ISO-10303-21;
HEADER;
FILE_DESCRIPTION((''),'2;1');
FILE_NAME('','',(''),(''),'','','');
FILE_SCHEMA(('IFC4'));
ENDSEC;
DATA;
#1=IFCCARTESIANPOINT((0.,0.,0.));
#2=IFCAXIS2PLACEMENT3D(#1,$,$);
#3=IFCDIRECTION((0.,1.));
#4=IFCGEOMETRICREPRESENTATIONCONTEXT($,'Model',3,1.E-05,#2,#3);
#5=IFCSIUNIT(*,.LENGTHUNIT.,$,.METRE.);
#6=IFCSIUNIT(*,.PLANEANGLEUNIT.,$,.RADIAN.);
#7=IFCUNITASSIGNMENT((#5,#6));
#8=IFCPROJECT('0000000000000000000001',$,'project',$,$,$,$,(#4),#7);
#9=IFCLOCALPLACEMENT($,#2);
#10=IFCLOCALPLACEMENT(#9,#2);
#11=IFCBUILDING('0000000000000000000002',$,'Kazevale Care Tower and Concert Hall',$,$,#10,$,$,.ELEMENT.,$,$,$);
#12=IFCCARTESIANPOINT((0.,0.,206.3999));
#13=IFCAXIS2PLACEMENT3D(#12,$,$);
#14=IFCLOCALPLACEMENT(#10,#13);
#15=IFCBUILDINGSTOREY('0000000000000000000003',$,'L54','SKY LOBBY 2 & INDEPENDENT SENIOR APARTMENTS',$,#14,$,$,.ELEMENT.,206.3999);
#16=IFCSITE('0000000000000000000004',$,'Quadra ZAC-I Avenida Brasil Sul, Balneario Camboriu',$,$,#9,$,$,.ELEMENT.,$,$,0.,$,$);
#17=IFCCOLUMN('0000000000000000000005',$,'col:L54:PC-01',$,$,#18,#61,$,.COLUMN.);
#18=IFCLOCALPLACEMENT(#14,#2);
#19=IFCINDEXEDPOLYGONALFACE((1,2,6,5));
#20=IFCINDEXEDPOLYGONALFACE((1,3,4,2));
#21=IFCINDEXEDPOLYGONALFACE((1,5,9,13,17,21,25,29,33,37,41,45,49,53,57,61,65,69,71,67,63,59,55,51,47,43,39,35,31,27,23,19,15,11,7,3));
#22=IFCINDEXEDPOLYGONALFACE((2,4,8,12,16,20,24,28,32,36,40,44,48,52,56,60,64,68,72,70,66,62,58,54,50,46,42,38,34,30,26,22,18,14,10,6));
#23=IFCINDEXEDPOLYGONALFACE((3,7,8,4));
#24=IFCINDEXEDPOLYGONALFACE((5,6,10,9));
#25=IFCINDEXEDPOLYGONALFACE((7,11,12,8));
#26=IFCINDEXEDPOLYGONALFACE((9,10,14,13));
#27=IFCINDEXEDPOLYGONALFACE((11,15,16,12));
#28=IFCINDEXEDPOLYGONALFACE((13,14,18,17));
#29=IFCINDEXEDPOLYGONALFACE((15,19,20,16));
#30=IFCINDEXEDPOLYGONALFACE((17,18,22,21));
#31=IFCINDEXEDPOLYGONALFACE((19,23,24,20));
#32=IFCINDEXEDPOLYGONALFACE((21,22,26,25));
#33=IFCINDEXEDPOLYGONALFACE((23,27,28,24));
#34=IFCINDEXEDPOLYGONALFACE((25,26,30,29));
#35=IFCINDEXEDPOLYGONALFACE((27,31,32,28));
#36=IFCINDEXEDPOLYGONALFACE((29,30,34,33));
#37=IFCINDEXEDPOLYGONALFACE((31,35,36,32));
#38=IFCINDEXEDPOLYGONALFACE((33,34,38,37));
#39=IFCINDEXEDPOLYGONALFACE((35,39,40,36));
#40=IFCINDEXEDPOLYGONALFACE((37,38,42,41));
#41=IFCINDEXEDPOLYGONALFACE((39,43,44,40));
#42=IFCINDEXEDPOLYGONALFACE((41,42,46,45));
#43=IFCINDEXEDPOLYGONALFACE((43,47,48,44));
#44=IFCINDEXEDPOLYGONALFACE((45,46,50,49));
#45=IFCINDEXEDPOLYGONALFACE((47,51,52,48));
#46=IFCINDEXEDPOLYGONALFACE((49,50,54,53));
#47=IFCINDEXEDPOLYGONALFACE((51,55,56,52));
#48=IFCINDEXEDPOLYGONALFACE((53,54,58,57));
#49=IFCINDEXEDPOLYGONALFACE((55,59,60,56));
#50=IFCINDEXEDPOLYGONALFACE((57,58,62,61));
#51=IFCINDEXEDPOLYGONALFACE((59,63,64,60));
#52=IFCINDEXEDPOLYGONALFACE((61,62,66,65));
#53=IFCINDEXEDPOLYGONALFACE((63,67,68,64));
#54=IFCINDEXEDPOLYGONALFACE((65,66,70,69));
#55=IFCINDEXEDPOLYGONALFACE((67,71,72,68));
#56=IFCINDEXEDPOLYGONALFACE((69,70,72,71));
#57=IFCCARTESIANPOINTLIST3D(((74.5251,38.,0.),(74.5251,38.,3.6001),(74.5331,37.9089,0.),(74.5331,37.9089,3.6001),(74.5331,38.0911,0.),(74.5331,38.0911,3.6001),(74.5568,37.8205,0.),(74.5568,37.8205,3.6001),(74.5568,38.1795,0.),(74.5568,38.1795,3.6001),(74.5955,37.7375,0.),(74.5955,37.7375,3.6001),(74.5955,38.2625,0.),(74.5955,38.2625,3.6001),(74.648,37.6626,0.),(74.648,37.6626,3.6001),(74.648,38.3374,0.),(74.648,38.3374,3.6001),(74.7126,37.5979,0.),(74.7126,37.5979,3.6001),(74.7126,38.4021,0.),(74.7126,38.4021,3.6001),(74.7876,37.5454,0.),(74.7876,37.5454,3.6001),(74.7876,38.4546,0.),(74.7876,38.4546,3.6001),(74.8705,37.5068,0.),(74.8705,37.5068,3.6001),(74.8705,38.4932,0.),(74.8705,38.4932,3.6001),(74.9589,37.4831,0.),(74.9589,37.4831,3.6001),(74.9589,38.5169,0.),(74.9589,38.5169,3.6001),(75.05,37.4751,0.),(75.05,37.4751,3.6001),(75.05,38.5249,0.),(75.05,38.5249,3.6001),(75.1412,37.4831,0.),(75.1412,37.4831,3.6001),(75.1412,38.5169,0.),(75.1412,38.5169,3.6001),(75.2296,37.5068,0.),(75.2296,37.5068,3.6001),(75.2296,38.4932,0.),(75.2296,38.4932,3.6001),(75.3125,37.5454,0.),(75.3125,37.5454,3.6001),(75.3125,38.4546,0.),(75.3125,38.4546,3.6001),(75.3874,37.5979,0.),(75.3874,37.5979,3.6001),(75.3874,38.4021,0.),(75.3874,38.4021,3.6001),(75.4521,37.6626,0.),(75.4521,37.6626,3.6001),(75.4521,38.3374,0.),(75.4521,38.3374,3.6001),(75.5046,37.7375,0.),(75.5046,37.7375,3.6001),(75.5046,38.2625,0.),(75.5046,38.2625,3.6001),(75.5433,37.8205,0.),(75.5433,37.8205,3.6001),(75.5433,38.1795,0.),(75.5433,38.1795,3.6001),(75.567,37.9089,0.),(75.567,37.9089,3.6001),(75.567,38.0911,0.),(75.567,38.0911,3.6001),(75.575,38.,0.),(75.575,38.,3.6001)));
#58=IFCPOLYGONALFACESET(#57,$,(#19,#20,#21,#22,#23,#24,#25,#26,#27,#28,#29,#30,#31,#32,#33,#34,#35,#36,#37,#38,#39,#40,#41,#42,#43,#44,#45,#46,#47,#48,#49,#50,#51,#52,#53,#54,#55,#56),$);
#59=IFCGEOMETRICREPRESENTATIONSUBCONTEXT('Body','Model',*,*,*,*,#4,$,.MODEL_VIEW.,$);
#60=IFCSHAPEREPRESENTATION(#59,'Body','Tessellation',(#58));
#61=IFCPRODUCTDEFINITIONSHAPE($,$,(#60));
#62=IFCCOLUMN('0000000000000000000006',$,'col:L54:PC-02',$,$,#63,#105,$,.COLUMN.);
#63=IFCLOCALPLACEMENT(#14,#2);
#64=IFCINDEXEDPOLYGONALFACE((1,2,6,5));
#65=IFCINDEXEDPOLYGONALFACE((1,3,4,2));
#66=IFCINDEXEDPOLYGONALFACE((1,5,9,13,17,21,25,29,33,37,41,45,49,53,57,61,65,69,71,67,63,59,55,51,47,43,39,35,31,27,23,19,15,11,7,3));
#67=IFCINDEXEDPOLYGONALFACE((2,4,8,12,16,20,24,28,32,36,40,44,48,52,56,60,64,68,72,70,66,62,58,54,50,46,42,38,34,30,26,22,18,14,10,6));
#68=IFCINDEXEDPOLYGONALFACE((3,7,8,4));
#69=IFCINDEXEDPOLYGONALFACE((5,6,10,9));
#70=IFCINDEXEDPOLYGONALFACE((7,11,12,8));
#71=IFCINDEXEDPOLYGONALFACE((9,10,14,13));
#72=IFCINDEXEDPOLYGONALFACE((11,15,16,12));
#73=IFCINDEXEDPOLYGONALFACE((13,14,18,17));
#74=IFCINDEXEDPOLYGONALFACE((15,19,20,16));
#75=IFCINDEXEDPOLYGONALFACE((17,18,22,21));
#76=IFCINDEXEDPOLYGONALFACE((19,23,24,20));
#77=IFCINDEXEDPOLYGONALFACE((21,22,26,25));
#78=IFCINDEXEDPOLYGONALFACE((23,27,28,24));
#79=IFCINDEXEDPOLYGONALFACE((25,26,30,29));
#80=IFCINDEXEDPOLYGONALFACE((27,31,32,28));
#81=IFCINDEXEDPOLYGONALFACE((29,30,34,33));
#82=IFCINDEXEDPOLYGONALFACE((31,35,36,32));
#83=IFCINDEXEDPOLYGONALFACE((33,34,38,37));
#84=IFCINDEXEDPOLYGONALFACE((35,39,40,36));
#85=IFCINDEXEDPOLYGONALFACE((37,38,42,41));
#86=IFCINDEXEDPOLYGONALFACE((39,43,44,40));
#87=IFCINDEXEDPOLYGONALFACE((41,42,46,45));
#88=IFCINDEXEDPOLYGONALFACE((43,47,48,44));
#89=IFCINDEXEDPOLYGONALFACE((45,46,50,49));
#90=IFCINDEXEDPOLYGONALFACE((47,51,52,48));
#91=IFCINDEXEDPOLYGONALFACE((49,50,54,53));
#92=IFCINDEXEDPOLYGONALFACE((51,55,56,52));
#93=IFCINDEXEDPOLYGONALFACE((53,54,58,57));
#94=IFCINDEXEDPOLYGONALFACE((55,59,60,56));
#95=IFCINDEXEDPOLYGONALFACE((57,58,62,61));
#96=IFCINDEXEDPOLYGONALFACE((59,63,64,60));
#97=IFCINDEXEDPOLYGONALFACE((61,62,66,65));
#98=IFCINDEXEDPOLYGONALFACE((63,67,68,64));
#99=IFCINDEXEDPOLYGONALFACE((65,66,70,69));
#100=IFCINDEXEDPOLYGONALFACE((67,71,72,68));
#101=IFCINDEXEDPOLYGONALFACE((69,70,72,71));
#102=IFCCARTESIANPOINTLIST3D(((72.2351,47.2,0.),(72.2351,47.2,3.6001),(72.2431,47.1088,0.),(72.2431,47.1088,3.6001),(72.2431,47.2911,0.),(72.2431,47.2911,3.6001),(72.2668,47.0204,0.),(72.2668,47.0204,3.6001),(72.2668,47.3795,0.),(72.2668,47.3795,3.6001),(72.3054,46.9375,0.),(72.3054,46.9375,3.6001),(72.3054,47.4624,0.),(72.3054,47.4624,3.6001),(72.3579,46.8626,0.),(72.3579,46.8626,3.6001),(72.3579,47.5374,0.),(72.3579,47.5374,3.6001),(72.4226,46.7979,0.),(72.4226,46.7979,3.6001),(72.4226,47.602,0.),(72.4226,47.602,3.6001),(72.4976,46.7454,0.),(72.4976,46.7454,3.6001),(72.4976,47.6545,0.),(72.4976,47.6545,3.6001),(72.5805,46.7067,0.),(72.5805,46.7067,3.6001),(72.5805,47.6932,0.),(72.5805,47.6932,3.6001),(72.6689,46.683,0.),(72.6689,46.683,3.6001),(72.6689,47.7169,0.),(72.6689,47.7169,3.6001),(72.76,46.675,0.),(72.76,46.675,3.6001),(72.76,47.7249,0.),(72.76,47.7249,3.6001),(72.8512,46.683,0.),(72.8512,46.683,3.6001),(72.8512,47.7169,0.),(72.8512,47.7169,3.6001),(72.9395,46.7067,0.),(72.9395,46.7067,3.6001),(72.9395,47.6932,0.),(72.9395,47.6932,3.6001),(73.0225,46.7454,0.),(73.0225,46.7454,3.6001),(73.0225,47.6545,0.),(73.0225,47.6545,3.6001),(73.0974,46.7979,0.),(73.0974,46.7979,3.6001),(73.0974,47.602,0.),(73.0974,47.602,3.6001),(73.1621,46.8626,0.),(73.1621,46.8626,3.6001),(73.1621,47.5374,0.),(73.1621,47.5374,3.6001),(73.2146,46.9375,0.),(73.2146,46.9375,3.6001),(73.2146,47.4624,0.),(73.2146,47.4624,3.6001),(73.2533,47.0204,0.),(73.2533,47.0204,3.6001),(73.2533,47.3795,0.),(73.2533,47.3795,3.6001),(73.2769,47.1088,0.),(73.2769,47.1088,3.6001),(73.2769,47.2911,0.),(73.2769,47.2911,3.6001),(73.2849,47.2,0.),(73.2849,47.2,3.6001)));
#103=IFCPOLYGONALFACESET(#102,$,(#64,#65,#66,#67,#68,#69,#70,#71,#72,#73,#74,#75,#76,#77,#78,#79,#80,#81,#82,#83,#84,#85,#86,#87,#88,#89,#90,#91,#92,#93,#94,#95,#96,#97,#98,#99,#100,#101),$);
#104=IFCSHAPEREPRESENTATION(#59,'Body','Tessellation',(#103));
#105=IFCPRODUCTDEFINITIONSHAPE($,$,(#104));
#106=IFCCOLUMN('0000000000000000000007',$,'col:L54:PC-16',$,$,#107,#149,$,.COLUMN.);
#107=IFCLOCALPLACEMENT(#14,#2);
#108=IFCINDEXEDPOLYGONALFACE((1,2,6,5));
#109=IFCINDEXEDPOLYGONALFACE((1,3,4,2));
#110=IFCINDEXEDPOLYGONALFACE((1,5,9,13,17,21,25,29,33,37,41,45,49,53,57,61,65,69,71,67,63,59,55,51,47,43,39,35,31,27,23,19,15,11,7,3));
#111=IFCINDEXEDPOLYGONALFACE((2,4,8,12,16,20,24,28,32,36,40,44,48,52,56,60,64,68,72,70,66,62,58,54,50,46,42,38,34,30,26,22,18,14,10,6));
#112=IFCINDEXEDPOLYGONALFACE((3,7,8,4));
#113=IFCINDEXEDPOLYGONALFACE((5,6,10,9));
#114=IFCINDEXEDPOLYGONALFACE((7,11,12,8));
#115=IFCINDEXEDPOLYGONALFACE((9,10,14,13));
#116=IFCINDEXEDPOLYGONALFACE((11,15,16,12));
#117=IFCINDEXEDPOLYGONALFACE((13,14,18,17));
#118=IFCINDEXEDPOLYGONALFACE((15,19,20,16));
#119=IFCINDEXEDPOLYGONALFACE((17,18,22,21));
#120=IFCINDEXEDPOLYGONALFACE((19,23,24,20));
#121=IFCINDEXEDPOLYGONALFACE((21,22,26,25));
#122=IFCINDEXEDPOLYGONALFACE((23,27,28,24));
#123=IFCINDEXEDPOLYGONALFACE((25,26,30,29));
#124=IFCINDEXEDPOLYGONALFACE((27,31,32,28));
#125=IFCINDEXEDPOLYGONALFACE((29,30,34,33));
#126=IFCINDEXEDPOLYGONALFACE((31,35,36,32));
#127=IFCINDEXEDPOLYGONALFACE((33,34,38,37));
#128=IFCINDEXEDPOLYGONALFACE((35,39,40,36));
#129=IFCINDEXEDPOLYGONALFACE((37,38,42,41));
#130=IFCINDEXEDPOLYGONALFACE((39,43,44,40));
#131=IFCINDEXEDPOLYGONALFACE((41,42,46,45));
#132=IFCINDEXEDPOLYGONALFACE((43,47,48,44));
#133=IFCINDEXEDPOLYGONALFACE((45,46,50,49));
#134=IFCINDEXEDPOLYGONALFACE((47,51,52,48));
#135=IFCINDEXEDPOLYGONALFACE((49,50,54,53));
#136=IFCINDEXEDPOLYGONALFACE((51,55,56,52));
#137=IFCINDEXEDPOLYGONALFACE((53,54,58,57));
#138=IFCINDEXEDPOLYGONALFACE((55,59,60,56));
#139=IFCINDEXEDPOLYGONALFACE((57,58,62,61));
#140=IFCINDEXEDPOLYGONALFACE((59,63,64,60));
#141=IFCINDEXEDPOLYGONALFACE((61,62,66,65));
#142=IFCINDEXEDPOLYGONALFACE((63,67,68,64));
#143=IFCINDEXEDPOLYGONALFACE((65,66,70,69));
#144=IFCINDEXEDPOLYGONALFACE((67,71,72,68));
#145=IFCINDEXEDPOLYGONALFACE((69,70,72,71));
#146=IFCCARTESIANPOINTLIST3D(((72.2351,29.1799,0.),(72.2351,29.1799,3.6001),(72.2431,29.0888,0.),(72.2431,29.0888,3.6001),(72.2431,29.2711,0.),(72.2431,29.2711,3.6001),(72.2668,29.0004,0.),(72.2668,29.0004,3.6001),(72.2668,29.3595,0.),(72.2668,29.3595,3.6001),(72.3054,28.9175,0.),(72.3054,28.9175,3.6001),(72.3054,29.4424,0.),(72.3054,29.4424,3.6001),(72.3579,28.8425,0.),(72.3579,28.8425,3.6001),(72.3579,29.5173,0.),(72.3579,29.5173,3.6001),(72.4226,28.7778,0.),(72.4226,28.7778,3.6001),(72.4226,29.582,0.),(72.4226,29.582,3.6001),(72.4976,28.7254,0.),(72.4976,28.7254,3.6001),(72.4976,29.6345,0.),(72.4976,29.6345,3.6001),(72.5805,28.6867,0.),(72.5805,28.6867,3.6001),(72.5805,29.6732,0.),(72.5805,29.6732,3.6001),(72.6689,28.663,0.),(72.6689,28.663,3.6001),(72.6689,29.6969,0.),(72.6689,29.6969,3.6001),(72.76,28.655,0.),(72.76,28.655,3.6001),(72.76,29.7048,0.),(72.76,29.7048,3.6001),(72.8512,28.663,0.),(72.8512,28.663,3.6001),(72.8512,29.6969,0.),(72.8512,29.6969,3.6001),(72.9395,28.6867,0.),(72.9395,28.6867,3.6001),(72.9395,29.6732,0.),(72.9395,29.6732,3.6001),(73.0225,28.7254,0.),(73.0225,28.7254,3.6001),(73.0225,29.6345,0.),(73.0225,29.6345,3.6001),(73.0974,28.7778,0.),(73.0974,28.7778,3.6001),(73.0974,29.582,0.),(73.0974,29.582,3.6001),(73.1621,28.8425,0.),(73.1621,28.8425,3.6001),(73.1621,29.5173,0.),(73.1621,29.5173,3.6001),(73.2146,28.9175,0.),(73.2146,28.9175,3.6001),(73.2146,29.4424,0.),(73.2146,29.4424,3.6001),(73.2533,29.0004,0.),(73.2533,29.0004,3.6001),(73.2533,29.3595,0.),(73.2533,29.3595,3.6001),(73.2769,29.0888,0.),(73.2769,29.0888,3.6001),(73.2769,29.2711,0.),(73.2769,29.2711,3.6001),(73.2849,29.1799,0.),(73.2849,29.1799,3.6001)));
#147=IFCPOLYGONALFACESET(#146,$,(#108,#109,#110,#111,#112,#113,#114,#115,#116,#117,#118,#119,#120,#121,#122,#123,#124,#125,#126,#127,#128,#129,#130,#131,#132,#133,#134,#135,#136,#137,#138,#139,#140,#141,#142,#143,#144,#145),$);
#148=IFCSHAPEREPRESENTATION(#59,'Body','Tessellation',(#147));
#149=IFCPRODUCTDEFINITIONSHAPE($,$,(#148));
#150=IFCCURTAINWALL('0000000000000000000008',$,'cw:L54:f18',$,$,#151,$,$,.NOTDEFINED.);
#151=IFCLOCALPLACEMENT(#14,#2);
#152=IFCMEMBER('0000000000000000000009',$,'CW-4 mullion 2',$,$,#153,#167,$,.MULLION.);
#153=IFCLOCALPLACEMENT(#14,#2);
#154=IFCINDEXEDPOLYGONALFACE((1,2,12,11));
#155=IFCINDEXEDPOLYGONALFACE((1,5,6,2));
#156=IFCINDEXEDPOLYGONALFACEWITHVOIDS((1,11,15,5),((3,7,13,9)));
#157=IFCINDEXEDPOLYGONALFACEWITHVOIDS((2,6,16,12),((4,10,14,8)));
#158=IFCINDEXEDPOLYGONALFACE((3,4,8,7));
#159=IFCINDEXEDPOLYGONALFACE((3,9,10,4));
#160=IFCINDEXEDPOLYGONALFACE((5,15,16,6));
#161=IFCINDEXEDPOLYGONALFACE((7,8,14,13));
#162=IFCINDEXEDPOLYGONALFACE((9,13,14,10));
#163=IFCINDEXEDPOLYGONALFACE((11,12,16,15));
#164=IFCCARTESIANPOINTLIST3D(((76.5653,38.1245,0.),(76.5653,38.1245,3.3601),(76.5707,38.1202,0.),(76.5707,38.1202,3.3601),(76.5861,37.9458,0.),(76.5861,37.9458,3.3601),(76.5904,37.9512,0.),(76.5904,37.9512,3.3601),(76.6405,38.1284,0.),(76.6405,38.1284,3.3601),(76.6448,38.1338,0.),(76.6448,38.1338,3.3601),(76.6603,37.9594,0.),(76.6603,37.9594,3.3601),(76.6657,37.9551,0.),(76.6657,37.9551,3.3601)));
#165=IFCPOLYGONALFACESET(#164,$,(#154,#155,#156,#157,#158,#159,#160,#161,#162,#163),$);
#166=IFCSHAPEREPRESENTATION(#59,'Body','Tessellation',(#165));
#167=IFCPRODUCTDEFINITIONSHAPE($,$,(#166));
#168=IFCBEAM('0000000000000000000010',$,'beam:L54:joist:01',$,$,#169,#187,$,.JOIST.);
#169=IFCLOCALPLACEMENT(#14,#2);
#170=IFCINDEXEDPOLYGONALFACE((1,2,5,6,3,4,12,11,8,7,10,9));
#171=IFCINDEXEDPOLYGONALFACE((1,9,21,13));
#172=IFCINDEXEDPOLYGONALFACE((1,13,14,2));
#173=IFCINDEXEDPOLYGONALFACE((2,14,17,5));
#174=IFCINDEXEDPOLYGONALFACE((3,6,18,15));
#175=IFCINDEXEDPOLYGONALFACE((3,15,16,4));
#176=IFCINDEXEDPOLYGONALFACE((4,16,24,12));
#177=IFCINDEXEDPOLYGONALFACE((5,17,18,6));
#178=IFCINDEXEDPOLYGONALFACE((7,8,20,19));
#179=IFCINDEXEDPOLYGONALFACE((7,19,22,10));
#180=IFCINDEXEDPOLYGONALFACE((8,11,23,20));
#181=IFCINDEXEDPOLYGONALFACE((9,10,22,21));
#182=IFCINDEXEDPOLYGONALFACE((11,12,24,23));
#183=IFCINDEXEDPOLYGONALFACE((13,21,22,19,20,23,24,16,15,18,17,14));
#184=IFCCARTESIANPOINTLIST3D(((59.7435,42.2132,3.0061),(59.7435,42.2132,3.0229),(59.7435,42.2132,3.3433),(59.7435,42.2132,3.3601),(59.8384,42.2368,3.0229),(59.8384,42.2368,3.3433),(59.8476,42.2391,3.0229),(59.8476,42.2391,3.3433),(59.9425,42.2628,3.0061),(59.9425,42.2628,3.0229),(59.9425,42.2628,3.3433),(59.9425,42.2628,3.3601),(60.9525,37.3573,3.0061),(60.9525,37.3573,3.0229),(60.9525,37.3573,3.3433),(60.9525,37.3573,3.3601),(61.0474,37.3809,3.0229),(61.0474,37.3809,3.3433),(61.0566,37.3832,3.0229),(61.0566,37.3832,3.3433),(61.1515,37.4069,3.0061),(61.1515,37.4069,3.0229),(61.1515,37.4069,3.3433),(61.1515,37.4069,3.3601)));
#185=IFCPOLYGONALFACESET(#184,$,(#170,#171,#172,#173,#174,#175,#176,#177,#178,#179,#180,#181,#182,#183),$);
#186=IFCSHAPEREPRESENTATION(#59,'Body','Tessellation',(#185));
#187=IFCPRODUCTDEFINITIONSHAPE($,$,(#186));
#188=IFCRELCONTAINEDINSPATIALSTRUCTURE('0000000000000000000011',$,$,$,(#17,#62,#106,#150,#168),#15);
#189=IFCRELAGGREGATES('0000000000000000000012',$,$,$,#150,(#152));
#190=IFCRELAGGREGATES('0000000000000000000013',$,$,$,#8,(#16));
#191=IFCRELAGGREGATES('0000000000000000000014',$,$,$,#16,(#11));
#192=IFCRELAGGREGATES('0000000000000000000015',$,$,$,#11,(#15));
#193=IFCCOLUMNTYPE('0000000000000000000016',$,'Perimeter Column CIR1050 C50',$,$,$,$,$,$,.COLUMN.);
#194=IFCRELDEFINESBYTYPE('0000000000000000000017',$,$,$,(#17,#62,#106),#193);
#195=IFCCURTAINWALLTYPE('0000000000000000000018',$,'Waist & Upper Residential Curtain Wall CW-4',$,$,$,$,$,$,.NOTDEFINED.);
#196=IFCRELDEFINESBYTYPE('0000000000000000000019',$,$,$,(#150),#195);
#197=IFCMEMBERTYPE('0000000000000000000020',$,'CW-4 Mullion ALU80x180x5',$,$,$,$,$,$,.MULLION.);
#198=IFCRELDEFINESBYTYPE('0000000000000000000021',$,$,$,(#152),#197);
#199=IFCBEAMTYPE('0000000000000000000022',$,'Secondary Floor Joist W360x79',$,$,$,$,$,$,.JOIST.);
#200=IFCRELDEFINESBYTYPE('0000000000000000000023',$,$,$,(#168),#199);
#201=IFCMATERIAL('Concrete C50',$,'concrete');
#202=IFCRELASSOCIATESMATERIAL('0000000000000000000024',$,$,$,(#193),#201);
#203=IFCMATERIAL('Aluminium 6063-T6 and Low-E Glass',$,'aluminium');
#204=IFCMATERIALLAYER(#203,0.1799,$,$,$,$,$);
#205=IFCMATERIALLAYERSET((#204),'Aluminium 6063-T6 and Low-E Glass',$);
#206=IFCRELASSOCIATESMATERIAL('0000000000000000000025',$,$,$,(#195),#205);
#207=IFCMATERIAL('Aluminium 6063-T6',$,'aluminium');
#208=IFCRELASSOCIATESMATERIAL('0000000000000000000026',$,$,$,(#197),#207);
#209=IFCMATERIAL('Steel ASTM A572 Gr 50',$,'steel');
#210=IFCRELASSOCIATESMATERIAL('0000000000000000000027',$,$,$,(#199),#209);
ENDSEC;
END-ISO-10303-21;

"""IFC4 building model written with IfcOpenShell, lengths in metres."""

from ifc_helpers import new_model, si_unit, direction, frame, origin, origin_2d, place, context, subcontext, project, spatial, hollow_rectangle, circle, i_section, extrude, material, layer, layer_set, material_profile, profile_set, type_object, element, aggregate, save


model = new_model("IFC4")

# Units and contexts
model_context = context("Model", 3, precision=1e-05, world=origin(), true_north=direction((0.0, 1.0)))
body_context = subcontext(model_context, "Body", "Model", "MODEL_VIEW")
ifc_project = project(units=[si_unit("LENGTHUNIT", "METRE"), si_unit("PLANEANGLEUNIT", "RADIAN")], contexts=[model_context])

# Site, building, storey
site_placement = place(None, origin())
site = spatial("IfcSite", under=ifc_project, at=site_placement, Name="Quadra ZAC-I Avenida Brasil Sul, Balneario Camboriu", CompositionType="ELEMENT", RefElevation=0.0)
building_placement = place(site_placement, origin())
building = spatial("IfcBuilding", under=site, at=building_placement, Name="Kazevale Care Tower and Concert Hall", CompositionType="ELEMENT")
storey_placement = place(building_placement, frame((0.0, 0.0, 206.3999)))
storey = spatial("IfcBuildingStorey", under=building, at=storey_placement, Name="L54", Description="SKY LOBBY 2 & INDEPENDENT SENIOR APARTMENTS", CompositionType="ELEMENT", Elevation=206.3999)

# Columns
ifc_material_1 = material(Name="Concrete C50", Category="concrete")
ifc_material_profile_1 = material_profile(ifc_material_1, circle(Radius=0.5249, at=origin_2d()), Name="RC-CIR1050")
ifc_profile_set_1 = profile_set([ifc_material_profile_1], Name="Concrete C50")
column_type = type_object("IfcColumnType", Name="Perimeter Column CIR1050 C50", PredefinedType="COLUMN", material=ifc_profile_set_1)
for number, where, z_axis, x_axis, name in (
    (1, (75.05, 38.0, 0.0), (0.0, 0.0, 1.0), (1.0, 0.0, 0.0), "col:L54:PC-01"),
    (2, (72.76, 47.2, 0.0), (0.0, 0.0, 1.0), (1.0, 0.0, 0.0), "col:L54:PC-02"),
    (3, (72.76, 29.1799, 0.0), (0.0, 0.0, 1.0), (1.0, 0.0, 0.0), "col:L54:PC-16"),
):
    element("IfcColumn", number, at=place(storey_placement, frame(where, z_axis=z_axis, x_axis=x_axis)), inside=storey, type_object=column_type, Name=name, PredefinedType="COLUMN", context=body_context, shape_type="SweptSolid", body=[
        extrude(circle(Radius=0.5249, at=origin_2d()), origin(), (0.0, 0.0, 1.0), 3.6001),
    ])

# Curtain wall, member
ifc_material_2 = material(Name="Aluminium 6063-T6 and Low-E Glass", Category="aluminium")
ifc_layer_1 = layer(ifc_material_2, 0.1799)
ifc_layer_set_1 = layer_set([ifc_layer_1], Name="Aluminium 6063-T6 and Low-E Glass")
curtain_wall_type = type_object("IfcCurtainWallType", Name="Waist & Upper Residential Curtain Wall CW-4", PredefinedType="NOTDEFINED", material=ifc_layer_set_1)
curtain_wall_placement = place(storey_placement, origin())
curtain_wall = element("IfcCurtainWall", 4, at=curtain_wall_placement, inside=storey, type_object=curtain_wall_type, Name="cw:L54:f18", PredefinedType="NOTDEFINED")
ifc_material_3 = material(Name="Aluminium 6063-T6", Category="aluminium")
ifc_material_profile_2 = material_profile(ifc_material_3, hollow_rectangle(XDim=0.0801, YDim=0.1799, WallThickness=0.0049, at=origin_2d()), Name="ALU80x180x5")
ifc_profile_set_2 = profile_set([ifc_material_profile_2], Name="Aluminium 6063-T6")
member_type = type_object("IfcMemberType", Name="CW-4 Mullion ALU80x180x5", PredefinedType="MULLION", material=ifc_profile_set_2)
member_placement = place(storey_placement, frame((76.6155, 38.0398, 0.0), z_axis=(0.0, 0.0, 1.0), x_axis=(0.993267, 0.115847, 0.0)))
member = element("IfcMember", 5, at=member_placement, type_object=member_type, Name="CW-4 mullion 2", PredefinedType="MULLION", context=body_context, shape_type="SweptSolid", body=[
    extrude(hollow_rectangle(XDim=0.0801, YDim=0.1799, WallThickness=0.0049, at=origin_2d()), origin(), (0.0, 0.0, 1.0), 3.3601),
])

# Beam
ifc_material_4 = material(Name="Steel ASTM A572 Gr 50", Category="steel")
ifc_material_profile_3 = material_profile(ifc_material_4, i_section(OverallWidth=0.2051, OverallDepth=0.354, WebThickness=0.0095, FlangeThickness=0.0168, at=origin_2d()), Name="W360x79")
ifc_profile_set_3 = profile_set([ifc_material_profile_3], Name="Steel ASTM A572 Gr 50")
beam_type_1 = type_object("IfcBeamType", Name="Secondary Floor Joist W360x79", PredefinedType="JOIST", material=ifc_profile_set_3)
beam_1_placement = place(storey_placement, frame((61.052, 37.3821, 3.1831), z_axis=(-0.241594, 0.970377, 0.0), x_axis=(-0.970377, -0.241594, 0.0)))
element("IfcBeam", 6, at=beam_1_placement, inside=storey, type_object=beam_type_1, Name="beam:L54:joist:01", PredefinedType="JOIST", context=body_context, shape_type="SweptSolid", body=[
    extrude(i_section(OverallWidth=0.2051, OverallDepth=0.354, WebThickness=0.0095, FlangeThickness=0.0168, at=origin_2d()), origin(), (0.0, 0.0, 1.0), 5.0042),
])

aggregate(curtain_wall, [member])

save(model, "model.ifc")
